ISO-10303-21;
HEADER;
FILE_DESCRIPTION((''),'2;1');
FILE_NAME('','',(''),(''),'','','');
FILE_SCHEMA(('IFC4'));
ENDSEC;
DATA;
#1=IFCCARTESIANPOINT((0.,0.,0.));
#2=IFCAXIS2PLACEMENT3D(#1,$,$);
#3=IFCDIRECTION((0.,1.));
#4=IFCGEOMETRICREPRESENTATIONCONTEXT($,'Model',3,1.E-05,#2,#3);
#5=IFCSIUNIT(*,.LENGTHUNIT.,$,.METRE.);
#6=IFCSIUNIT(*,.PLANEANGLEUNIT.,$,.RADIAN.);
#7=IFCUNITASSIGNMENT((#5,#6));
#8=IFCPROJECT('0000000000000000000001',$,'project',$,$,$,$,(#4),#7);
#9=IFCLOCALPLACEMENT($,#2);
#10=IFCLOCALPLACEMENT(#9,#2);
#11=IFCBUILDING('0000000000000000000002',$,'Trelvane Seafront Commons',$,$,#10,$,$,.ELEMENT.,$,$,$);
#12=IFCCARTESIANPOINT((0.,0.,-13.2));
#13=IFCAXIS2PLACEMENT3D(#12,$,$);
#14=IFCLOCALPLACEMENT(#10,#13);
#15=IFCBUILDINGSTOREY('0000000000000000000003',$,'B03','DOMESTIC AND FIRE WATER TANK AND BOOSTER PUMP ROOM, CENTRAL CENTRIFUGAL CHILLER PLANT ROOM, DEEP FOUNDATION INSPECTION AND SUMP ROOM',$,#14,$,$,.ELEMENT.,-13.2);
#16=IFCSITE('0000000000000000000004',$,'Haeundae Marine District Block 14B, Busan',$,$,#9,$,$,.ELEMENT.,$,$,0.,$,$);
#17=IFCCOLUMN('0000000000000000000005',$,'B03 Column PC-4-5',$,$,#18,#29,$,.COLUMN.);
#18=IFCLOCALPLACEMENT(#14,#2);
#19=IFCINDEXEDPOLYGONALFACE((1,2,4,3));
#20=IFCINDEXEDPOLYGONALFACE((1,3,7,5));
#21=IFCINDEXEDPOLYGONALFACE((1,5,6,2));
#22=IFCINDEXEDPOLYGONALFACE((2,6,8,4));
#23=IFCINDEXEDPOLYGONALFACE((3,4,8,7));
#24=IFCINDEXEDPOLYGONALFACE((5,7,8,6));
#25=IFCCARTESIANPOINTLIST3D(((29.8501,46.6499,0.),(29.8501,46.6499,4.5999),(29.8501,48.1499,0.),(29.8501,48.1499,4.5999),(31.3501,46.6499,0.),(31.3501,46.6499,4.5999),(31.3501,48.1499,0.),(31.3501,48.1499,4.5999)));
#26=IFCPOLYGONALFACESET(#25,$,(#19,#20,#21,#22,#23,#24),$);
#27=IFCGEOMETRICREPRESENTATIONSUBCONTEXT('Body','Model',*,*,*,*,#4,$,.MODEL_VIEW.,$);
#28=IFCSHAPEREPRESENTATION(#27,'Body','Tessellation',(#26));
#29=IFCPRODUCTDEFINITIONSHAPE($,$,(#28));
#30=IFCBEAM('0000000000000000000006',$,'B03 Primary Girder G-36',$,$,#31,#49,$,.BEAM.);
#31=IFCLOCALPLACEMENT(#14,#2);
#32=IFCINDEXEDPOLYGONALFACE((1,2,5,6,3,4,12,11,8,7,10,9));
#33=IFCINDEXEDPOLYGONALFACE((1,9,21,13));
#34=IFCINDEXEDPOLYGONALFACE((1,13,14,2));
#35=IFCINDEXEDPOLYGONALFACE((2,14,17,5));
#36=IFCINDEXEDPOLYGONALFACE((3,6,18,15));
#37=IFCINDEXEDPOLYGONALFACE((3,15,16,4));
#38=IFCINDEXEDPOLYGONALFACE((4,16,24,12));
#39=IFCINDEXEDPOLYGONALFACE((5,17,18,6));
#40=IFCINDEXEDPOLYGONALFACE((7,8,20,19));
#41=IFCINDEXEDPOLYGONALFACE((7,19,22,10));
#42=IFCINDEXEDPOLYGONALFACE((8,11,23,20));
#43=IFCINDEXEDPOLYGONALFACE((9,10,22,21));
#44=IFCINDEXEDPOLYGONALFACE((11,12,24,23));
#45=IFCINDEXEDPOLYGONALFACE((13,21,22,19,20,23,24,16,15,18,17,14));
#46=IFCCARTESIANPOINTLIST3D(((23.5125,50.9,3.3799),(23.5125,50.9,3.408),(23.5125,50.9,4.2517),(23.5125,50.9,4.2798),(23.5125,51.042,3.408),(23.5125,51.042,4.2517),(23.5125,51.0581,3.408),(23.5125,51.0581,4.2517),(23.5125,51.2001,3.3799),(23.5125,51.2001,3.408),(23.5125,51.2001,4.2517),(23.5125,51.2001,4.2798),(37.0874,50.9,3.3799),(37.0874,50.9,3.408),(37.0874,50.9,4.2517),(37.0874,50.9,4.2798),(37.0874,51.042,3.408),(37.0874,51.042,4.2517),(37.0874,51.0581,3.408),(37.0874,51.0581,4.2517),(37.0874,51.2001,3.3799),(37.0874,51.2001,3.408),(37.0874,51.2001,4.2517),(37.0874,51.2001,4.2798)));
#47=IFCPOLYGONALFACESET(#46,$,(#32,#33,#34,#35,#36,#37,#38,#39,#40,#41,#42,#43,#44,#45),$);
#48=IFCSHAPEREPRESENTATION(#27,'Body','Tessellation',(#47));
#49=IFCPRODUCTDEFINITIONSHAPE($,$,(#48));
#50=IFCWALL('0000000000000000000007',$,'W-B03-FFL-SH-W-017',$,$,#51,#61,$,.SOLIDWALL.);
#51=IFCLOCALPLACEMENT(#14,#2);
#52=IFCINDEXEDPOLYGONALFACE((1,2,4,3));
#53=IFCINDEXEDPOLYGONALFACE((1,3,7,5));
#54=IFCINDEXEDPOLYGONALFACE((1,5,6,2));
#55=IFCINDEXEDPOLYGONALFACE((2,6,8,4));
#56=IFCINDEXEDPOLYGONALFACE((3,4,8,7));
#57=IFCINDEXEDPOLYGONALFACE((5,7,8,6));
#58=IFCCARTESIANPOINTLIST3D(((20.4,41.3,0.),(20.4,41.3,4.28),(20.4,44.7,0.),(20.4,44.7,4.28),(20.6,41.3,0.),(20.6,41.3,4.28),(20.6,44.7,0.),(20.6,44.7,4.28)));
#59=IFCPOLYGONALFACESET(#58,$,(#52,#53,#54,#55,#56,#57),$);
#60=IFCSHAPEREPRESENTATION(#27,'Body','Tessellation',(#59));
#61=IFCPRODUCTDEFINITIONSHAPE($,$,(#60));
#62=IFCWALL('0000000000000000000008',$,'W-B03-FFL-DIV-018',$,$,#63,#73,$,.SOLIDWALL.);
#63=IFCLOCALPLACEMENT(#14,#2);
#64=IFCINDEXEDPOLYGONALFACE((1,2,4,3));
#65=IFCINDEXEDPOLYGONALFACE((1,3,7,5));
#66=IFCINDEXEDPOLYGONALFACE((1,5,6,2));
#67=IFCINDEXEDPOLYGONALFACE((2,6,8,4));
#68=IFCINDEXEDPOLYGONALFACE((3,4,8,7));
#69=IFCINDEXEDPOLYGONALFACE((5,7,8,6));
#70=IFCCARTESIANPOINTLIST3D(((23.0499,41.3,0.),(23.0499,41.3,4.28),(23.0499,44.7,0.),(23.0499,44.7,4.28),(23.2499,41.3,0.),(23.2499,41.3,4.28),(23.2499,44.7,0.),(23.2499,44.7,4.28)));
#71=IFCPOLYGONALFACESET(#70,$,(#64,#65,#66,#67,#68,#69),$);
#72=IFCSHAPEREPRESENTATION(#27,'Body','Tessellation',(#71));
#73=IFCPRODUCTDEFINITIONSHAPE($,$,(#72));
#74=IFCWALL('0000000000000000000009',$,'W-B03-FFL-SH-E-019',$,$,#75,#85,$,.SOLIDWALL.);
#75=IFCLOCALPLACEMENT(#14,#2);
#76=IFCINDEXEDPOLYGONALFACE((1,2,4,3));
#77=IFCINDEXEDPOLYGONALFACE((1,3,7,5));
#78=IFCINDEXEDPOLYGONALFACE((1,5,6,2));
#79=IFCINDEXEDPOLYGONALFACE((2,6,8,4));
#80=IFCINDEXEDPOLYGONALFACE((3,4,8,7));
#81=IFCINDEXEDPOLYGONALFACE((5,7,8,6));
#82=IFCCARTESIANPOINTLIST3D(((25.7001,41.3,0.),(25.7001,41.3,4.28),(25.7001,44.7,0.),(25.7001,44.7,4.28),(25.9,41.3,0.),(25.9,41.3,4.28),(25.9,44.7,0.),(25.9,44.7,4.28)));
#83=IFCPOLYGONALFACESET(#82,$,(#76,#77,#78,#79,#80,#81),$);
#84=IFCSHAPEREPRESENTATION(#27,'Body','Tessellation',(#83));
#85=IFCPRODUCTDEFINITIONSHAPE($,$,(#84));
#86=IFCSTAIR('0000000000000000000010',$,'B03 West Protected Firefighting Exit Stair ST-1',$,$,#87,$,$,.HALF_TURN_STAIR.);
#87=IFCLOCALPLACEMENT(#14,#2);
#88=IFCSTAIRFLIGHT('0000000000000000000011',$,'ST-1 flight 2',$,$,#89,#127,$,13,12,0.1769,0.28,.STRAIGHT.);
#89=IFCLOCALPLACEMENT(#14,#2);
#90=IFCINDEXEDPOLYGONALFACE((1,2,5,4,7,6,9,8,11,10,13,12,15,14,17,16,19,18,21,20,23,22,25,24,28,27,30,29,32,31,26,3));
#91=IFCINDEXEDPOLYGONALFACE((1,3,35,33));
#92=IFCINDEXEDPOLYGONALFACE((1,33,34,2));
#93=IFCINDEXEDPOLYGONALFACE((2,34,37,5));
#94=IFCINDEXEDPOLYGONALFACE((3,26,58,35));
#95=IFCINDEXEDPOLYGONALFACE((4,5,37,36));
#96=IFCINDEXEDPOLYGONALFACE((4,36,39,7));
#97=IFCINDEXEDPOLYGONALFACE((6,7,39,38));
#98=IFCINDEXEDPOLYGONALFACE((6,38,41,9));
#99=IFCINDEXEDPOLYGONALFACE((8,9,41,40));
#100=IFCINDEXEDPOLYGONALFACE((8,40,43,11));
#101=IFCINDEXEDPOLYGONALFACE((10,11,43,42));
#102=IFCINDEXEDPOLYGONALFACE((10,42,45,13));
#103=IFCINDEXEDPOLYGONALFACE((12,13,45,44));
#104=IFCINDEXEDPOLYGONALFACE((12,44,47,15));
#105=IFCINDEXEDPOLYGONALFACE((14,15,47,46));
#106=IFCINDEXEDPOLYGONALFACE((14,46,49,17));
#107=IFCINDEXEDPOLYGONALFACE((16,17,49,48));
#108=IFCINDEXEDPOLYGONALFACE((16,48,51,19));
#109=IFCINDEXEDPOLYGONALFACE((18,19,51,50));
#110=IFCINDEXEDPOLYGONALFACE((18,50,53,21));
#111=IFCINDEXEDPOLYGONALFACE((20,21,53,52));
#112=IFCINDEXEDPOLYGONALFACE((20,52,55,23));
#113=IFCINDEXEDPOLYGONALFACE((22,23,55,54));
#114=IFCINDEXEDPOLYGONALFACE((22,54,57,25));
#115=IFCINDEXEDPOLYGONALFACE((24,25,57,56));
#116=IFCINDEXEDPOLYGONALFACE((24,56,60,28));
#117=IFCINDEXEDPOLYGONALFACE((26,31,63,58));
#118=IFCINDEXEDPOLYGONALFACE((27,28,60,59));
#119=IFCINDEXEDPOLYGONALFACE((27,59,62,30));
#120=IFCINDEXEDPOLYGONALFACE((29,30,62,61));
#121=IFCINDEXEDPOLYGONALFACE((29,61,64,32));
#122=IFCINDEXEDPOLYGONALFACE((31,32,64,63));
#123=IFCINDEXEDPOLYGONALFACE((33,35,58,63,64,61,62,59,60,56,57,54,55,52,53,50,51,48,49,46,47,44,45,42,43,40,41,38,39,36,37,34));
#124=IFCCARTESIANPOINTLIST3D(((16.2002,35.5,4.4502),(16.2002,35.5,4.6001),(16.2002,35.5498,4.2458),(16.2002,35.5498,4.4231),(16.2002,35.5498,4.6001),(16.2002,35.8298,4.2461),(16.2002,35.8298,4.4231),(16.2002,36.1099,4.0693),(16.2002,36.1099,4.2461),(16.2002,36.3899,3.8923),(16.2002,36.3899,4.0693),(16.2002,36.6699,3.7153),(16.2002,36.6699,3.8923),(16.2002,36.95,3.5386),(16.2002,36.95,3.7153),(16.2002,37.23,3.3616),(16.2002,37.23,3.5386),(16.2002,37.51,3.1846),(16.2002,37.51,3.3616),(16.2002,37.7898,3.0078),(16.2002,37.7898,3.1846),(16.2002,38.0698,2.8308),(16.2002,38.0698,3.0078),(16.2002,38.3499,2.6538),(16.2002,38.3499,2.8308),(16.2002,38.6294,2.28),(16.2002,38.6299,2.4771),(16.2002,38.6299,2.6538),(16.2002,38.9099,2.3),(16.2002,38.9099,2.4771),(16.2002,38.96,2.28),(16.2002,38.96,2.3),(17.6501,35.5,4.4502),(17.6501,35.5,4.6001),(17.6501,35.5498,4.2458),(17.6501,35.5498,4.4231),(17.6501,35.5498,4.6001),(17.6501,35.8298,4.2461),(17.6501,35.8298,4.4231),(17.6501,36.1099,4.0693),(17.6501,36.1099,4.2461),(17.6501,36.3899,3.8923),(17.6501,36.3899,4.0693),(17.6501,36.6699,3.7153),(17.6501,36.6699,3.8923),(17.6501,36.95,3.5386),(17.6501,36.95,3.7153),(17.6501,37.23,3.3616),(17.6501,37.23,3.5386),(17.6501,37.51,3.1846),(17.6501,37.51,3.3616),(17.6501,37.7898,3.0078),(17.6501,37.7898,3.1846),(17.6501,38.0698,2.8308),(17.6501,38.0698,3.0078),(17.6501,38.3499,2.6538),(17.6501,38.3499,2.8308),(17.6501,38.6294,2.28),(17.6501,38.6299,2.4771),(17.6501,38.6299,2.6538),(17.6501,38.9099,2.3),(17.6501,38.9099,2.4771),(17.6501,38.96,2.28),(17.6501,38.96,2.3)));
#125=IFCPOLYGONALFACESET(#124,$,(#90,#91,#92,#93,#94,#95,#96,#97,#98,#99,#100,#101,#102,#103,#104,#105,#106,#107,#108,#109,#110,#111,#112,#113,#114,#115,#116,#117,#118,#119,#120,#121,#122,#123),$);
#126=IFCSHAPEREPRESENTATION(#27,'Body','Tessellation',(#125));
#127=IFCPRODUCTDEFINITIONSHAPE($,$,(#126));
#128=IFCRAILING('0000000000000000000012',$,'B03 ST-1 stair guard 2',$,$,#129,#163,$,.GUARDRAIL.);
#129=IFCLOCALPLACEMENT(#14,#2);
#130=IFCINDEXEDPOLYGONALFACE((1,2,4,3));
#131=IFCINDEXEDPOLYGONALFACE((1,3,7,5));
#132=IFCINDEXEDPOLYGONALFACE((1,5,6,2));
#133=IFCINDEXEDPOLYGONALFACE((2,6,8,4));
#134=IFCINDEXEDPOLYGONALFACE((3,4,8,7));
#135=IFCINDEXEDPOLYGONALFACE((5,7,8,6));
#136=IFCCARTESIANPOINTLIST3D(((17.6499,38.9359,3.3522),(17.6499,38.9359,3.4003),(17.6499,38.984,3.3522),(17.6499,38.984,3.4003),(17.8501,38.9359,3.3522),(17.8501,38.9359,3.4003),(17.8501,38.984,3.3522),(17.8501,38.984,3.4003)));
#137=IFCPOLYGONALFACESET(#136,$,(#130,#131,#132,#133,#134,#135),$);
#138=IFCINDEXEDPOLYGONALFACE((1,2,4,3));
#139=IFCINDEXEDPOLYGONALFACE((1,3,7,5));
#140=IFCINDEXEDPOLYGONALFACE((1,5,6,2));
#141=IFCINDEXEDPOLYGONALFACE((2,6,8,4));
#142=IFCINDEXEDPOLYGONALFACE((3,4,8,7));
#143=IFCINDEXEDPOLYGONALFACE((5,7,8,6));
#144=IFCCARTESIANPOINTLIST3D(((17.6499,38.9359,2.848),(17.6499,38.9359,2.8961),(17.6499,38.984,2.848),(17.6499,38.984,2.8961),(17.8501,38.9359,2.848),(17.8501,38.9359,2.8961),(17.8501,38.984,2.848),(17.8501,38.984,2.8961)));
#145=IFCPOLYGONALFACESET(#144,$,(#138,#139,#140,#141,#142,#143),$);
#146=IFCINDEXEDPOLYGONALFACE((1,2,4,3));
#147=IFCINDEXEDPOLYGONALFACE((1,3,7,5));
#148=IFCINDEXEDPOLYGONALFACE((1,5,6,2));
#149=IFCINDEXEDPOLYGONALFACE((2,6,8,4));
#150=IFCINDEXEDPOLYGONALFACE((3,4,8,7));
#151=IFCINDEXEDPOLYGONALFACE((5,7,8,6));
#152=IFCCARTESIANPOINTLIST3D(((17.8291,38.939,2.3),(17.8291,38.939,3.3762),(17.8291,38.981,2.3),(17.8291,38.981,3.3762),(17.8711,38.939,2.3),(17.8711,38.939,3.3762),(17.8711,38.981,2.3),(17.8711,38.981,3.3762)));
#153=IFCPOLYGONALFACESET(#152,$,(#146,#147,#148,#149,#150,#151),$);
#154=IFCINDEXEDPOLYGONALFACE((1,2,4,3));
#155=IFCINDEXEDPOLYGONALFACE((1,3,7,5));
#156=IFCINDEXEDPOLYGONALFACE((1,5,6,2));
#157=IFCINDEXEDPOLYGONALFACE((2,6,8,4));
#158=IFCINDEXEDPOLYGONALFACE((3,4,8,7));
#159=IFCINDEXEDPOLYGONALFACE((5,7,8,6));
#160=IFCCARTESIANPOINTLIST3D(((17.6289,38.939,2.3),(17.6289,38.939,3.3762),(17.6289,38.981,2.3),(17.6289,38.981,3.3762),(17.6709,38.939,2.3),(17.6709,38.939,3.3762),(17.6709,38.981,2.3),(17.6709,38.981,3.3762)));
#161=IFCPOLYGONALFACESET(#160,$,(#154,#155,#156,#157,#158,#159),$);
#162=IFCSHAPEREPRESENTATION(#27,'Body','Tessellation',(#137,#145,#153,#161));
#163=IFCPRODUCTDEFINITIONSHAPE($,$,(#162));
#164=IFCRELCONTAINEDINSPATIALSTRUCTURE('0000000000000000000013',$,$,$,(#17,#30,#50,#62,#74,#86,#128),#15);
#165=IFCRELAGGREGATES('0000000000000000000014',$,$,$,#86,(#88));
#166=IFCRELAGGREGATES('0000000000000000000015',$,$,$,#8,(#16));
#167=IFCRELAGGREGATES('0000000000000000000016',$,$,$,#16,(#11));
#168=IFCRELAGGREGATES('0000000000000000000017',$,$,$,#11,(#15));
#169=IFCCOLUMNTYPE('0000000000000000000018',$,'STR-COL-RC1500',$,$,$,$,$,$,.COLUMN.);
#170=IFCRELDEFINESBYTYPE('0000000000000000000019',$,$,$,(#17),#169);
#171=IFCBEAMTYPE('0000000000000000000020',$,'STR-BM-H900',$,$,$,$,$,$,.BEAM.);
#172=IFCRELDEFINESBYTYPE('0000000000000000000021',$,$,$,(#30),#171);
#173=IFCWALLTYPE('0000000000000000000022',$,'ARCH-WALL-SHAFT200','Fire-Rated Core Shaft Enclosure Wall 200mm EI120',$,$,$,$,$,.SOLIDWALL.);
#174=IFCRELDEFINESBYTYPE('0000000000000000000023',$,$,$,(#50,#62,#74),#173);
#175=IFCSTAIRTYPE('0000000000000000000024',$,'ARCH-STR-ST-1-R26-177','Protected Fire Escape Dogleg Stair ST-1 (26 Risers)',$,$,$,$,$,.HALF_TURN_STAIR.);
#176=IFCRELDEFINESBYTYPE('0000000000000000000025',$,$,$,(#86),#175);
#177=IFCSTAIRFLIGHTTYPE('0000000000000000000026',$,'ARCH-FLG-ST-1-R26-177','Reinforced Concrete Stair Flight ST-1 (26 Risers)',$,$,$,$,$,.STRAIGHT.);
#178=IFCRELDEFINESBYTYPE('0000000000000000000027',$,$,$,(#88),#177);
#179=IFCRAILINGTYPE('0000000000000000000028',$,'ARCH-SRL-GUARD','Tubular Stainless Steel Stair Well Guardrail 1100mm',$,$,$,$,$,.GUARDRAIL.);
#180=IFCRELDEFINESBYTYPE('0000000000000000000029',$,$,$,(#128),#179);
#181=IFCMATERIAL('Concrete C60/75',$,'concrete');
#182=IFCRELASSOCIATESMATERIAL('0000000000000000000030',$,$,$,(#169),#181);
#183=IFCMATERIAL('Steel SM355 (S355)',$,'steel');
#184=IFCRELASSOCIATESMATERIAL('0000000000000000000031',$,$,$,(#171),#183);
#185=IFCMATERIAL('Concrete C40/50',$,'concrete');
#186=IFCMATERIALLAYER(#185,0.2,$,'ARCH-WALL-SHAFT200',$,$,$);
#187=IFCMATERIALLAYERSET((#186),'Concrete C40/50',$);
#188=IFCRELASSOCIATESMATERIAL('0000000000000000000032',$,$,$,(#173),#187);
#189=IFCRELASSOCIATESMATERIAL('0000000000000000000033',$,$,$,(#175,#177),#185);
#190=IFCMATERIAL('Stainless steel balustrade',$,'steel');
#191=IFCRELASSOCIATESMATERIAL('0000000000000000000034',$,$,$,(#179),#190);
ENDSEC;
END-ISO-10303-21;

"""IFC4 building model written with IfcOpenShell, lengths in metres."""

from ifc_helpers import new_model, si_unit, direction, frame, frame_2d, origin, origin_2d, place, context, subcontext, project, spatial, polyline, rectangle, i_section, outline, extrude, source, transform, mapped, material, layer, layer_set, material_profile, profile_set, type_object, element, aggregate, save


model = new_model("IFC4")

# Units and contexts
model_context = context("Model", 3, precision=1e-05, world=origin(), true_north=direction((0.0, 1.0)))
body_context = subcontext(model_context, "Body", "Model", "MODEL_VIEW")
ifc_project = project(units=[si_unit("LENGTHUNIT", "METRE"), si_unit("PLANEANGLEUNIT", "RADIAN")], contexts=[model_context])

# Site, building, storey
site_placement = place(None, origin())
site = spatial("IfcSite", under=ifc_project, at=site_placement, Name="Haeundae Marine District Block 14B, Busan", CompositionType="ELEMENT", RefElevation=0.0)
building_placement = place(site_placement, origin())
building = spatial("IfcBuilding", under=site, at=building_placement, Name="Trelvane Seafront Commons", CompositionType="ELEMENT")
storey_placement = place(building_placement, frame((0.0, 0.0, -13.2)))
storey = spatial("IfcBuildingStorey", under=building, at=storey_placement, Name="B03", Description="DOMESTIC AND FIRE WATER TANK AND BOOSTER PUMP ROOM, CENTRAL CENTRIFUGAL CHILLER PLANT ROOM, DEEP FOUNDATION INSPECTION AND SUMP ROOM", CompositionType="ELEMENT", Elevation=-13.2)

# Column
ifc_material_1 = material(Name="Concrete C60/75", Category="concrete")
ifc_material_profile_1 = material_profile(ifc_material_1, rectangle(XDim=1.5, YDim=1.5, at=origin_2d()), Name="RC-1500x1500")
ifc_profile_set_1 = profile_set([ifc_material_profile_1], Name="Concrete C60/75")
column_type_1 = type_object("IfcColumnType", Name="STR-COL-RC1500", PredefinedType="COLUMN", material=ifc_profile_set_1)
shared_shape_1 = source(origin(), body_context, "Body", "SweptSolid", [
    extrude(rectangle(XDim=1.5, YDim=1.5, at=origin_2d()), origin(), (0.0, 0.0, 1.0), 4.5999),
])
for number, where, z_axis, x_axis, name in (
    (1, (30.6001, 47.3999, 0.0), (0.0, 0.0, 1.0), (1.0, 0.0, 0.0), "B03 Column PC-4-5"),
):
    element("IfcColumn", number, at=place(storey_placement, frame(where, z_axis=z_axis, x_axis=x_axis)), inside=storey, type_object=column_type_1, Name=name, PredefinedType="COLUMN", context=body_context, shape_type="MappedRepresentation", body=[
        mapped(shared_shape_1, transform((0.0, 0.0, 0.0), x_axis=(1.0, 0.0, 0.0), y_axis=(0.0, 1.0, 0.0), z_axis=(0.0, 0.0, 1.0), scale=1.0)),
    ])

# Beam
ifc_material_2 = material(Name="Steel SM355 (S355)", Category="steel")
ifc_material_profile_2 = material_profile(ifc_material_2, i_section(OverallWidth=0.3, OverallDepth=0.8999, WebThickness=0.0161, FlangeThickness=0.0281, at=origin_2d()), Name="H-900x300x16x28")
ifc_profile_set_2 = profile_set([ifc_material_profile_2], Name="Steel SM355 (S355)")
beam_type = type_object("IfcBeamType", Name="STR-BM-H900", PredefinedType="BEAM", material=ifc_profile_set_2)
shared_shape_2 = source(origin(), body_context, "Body", "SweptSolid", [
    extrude(i_section(OverallWidth=0.3, OverallDepth=0.8999, WebThickness=0.0161, FlangeThickness=0.0281, at=origin_2d()), origin(), (0.0, 0.0, 1.0), 13.575),
])
beam_placement = place(storey_placement, frame((23.5125, 51.05, 3.8298), z_axis=(1.0, 0.0, 0.0), x_axis=(0.0, 1.0, 0.0)))
element("IfcBeam", 2, at=beam_placement, inside=storey, type_object=beam_type, Name="B03 Primary Girder G-36", PredefinedType="BEAM", context=body_context, shape_type="MappedRepresentation", body=[
    mapped(shared_shape_2, transform((0.0, 0.0, 0.0), x_axis=(1.0, 0.0, 0.0), y_axis=(0.0, 1.0, 0.0), z_axis=(0.0, 0.0, 1.0), scale=1.0)),
])

# Shared definitions
ifc_material_3 = material(Name="Concrete C40/50", Category="concrete")
ifc_layer = layer(ifc_material_3, 0.2, Name="ARCH-WALL-SHAFT200")
ifc_layer_set = layer_set([ifc_layer], Name="Concrete C40/50")
wall_type = type_object("IfcWallType", Name="ARCH-WALL-SHAFT200", Description="Fire-Rated Core Shaft Enclosure Wall 200mm EI120", PredefinedType="SOLIDWALL", material=ifc_layer_set)
ifc_material_4 = material(Name="Stainless steel balustrade", Category="steel")

# Walls
for number, where, z_axis, x_axis, name in (
    (3, (20.5, 41.3, 0.0), (0.0, 0.0, 1.0), (0.0, 1.0, 0.0), "W-B03-FFL-SH-W-017"),
    (4, (23.1499, 41.3, 0.0), (0.0, 0.0, 1.0), (0.0, 1.0, 0.0), "W-B03-FFL-DIV-018"),
    (5, (25.8, 41.3, 0.0), (0.0, 0.0, 1.0), (0.0, 1.0, 0.0), "W-B03-FFL-SH-E-019"),
):
    element("IfcWall", number, at=place(storey_placement, frame(where, z_axis=z_axis, x_axis=x_axis)), inside=storey, type_object=wall_type, Name=name, PredefinedType="SOLIDWALL", context=body_context, shape_type="SweptSolid", body=[
        extrude(rectangle(XDim=3.3999, YDim=0.2, at=frame_2d((1.7, 0.0))), origin(), (0.0, 0.0, 1.0), 4.28),
    ])

# Stair, stair flight
stair_type = type_object("IfcStairType", Name="ARCH-STR-ST-1-R26-177", Description="Protected Fire Escape Dogleg Stair ST-1 (26 Risers)", PredefinedType="HALF_TURN_STAIR", material=ifc_material_3)
stair_placement = place(storey_placement, origin())
stair = element("IfcStair", 6, at=stair_placement, inside=storey, type_object=stair_type, Name="B03 West Protected Firefighting Exit Stair ST-1", PredefinedType="HALF_TURN_STAIR")
stair_flight_type = type_object("IfcStairFlightType", Name="ARCH-FLG-ST-1-R26-177", Description="Reinforced Concrete Stair Flight ST-1 (26 Risers)", PredefinedType="STRAIGHT", material=ifc_material_3)
shared_shape_3 = source(origin(), body_context, "Body", "SweptSolid", [
    extrude(outline(polyline([(-0.05, -0.02), (-0.05, 0.0), (0.0, 0.0), (0.0, 0.177), (0.28, 0.177), (0.28, 0.3538), (0.5601, 0.3538), (0.5601, 0.5308), (0.8401, 0.5308), (0.8401, 0.7078), (1.1201, 0.7078), (1.1201, 0.8845), (1.3999, 0.8845), (1.3999, 1.0615), (1.6799, 1.0615), (1.6799, 1.2385), (1.96, 1.2385), (1.96, 1.4153), (2.24, 1.4153), (2.24, 1.5923), (2.52, 1.5923), (2.52, 1.7693), (2.8, 1.7693), (2.8, 1.946), (3.0801, 1.946), (3.0801, 2.123), (3.3601, 2.123), (3.3601, 2.3), (3.4099, 2.3), (3.4099, 2.1501), (3.3601, 1.9458), (0.2805, -0.02), (-0.05, -0.02)])), frame((0.0, 0.7251, 0.0), z_axis=(0.0, -1.0, 0.0), x_axis=(1.0, 0.0, 0.0)), (0.0, 0.0, 1.0), 1.45),
])
stair_flight_placement = place(storey_placement, frame((16.925, 38.9099, 2.3), z_axis=(0.0, 0.0, 1.0), x_axis=(0.0, -1.0, 0.0)))
stair_flight = element("IfcStairFlight", 7, at=stair_flight_placement, type_object=stair_flight_type, Name="ST-1 flight 2", NumberOfRisers=13, NumberOfTreads=12, PredefinedType="STRAIGHT", RiserHeight=0.1769, TreadLength=0.28, context=body_context, shape_type="MappedRepresentation", body=[
    mapped(shared_shape_3, transform((0.0, 0.0, 0.0), x_axis=(1.0, 0.0, 0.0), y_axis=(0.0, 1.0, 0.0), z_axis=(0.0, 0.0, 1.0), scale=1.0)),
])
aggregate(stair, [stair_flight])

# Railing
railing_type_1 = type_object("IfcRailingType", Name="ARCH-SRL-GUARD", Description="Tubular Stainless Steel Stair Well Guardrail 1100mm", PredefinedType="GUARDRAIL", material=ifc_material_4)
railing_1_placement = place(storey_placement, frame((17.8501, 38.96, 2.3)))
element("IfcRailing", 8, at=railing_1_placement, inside=storey, type_object=railing_type_1, Name="B03 ST-1 stair guard 2", PredefinedType="GUARDRAIL", context=body_context, shape_type="SweptSolid", body=[
    extrude(rectangle(XDim=0.0481, YDim=0.0481, at=origin_2d()), frame((0.0, 0.0, 1.0762), z_axis=(-1.0, 0.0, 0.0), x_axis=(0.0, -1.0, 0.0)), (0.0, 0.0, 1.0), 0.2002),
    extrude(rectangle(XDim=0.0481, YDim=0.0481, at=origin_2d()), frame((0.0, 0.0, 0.572), z_axis=(-1.0, 0.0, 0.0), x_axis=(0.0, -1.0, 0.0)), (0.0, 0.0, 1.0), 0.2002),
    extrude(rectangle(XDim=0.042, YDim=0.042, at=origin_2d()), origin(), (0.0, 0.0, 1.0), 1.0762),
    extrude(rectangle(XDim=0.042, YDim=0.042, at=origin_2d()), frame((-0.2002, 0.0, 0.0)), (0.0, 0.0, 1.0), 1.0762),
])

save(model, "model.ifc")
